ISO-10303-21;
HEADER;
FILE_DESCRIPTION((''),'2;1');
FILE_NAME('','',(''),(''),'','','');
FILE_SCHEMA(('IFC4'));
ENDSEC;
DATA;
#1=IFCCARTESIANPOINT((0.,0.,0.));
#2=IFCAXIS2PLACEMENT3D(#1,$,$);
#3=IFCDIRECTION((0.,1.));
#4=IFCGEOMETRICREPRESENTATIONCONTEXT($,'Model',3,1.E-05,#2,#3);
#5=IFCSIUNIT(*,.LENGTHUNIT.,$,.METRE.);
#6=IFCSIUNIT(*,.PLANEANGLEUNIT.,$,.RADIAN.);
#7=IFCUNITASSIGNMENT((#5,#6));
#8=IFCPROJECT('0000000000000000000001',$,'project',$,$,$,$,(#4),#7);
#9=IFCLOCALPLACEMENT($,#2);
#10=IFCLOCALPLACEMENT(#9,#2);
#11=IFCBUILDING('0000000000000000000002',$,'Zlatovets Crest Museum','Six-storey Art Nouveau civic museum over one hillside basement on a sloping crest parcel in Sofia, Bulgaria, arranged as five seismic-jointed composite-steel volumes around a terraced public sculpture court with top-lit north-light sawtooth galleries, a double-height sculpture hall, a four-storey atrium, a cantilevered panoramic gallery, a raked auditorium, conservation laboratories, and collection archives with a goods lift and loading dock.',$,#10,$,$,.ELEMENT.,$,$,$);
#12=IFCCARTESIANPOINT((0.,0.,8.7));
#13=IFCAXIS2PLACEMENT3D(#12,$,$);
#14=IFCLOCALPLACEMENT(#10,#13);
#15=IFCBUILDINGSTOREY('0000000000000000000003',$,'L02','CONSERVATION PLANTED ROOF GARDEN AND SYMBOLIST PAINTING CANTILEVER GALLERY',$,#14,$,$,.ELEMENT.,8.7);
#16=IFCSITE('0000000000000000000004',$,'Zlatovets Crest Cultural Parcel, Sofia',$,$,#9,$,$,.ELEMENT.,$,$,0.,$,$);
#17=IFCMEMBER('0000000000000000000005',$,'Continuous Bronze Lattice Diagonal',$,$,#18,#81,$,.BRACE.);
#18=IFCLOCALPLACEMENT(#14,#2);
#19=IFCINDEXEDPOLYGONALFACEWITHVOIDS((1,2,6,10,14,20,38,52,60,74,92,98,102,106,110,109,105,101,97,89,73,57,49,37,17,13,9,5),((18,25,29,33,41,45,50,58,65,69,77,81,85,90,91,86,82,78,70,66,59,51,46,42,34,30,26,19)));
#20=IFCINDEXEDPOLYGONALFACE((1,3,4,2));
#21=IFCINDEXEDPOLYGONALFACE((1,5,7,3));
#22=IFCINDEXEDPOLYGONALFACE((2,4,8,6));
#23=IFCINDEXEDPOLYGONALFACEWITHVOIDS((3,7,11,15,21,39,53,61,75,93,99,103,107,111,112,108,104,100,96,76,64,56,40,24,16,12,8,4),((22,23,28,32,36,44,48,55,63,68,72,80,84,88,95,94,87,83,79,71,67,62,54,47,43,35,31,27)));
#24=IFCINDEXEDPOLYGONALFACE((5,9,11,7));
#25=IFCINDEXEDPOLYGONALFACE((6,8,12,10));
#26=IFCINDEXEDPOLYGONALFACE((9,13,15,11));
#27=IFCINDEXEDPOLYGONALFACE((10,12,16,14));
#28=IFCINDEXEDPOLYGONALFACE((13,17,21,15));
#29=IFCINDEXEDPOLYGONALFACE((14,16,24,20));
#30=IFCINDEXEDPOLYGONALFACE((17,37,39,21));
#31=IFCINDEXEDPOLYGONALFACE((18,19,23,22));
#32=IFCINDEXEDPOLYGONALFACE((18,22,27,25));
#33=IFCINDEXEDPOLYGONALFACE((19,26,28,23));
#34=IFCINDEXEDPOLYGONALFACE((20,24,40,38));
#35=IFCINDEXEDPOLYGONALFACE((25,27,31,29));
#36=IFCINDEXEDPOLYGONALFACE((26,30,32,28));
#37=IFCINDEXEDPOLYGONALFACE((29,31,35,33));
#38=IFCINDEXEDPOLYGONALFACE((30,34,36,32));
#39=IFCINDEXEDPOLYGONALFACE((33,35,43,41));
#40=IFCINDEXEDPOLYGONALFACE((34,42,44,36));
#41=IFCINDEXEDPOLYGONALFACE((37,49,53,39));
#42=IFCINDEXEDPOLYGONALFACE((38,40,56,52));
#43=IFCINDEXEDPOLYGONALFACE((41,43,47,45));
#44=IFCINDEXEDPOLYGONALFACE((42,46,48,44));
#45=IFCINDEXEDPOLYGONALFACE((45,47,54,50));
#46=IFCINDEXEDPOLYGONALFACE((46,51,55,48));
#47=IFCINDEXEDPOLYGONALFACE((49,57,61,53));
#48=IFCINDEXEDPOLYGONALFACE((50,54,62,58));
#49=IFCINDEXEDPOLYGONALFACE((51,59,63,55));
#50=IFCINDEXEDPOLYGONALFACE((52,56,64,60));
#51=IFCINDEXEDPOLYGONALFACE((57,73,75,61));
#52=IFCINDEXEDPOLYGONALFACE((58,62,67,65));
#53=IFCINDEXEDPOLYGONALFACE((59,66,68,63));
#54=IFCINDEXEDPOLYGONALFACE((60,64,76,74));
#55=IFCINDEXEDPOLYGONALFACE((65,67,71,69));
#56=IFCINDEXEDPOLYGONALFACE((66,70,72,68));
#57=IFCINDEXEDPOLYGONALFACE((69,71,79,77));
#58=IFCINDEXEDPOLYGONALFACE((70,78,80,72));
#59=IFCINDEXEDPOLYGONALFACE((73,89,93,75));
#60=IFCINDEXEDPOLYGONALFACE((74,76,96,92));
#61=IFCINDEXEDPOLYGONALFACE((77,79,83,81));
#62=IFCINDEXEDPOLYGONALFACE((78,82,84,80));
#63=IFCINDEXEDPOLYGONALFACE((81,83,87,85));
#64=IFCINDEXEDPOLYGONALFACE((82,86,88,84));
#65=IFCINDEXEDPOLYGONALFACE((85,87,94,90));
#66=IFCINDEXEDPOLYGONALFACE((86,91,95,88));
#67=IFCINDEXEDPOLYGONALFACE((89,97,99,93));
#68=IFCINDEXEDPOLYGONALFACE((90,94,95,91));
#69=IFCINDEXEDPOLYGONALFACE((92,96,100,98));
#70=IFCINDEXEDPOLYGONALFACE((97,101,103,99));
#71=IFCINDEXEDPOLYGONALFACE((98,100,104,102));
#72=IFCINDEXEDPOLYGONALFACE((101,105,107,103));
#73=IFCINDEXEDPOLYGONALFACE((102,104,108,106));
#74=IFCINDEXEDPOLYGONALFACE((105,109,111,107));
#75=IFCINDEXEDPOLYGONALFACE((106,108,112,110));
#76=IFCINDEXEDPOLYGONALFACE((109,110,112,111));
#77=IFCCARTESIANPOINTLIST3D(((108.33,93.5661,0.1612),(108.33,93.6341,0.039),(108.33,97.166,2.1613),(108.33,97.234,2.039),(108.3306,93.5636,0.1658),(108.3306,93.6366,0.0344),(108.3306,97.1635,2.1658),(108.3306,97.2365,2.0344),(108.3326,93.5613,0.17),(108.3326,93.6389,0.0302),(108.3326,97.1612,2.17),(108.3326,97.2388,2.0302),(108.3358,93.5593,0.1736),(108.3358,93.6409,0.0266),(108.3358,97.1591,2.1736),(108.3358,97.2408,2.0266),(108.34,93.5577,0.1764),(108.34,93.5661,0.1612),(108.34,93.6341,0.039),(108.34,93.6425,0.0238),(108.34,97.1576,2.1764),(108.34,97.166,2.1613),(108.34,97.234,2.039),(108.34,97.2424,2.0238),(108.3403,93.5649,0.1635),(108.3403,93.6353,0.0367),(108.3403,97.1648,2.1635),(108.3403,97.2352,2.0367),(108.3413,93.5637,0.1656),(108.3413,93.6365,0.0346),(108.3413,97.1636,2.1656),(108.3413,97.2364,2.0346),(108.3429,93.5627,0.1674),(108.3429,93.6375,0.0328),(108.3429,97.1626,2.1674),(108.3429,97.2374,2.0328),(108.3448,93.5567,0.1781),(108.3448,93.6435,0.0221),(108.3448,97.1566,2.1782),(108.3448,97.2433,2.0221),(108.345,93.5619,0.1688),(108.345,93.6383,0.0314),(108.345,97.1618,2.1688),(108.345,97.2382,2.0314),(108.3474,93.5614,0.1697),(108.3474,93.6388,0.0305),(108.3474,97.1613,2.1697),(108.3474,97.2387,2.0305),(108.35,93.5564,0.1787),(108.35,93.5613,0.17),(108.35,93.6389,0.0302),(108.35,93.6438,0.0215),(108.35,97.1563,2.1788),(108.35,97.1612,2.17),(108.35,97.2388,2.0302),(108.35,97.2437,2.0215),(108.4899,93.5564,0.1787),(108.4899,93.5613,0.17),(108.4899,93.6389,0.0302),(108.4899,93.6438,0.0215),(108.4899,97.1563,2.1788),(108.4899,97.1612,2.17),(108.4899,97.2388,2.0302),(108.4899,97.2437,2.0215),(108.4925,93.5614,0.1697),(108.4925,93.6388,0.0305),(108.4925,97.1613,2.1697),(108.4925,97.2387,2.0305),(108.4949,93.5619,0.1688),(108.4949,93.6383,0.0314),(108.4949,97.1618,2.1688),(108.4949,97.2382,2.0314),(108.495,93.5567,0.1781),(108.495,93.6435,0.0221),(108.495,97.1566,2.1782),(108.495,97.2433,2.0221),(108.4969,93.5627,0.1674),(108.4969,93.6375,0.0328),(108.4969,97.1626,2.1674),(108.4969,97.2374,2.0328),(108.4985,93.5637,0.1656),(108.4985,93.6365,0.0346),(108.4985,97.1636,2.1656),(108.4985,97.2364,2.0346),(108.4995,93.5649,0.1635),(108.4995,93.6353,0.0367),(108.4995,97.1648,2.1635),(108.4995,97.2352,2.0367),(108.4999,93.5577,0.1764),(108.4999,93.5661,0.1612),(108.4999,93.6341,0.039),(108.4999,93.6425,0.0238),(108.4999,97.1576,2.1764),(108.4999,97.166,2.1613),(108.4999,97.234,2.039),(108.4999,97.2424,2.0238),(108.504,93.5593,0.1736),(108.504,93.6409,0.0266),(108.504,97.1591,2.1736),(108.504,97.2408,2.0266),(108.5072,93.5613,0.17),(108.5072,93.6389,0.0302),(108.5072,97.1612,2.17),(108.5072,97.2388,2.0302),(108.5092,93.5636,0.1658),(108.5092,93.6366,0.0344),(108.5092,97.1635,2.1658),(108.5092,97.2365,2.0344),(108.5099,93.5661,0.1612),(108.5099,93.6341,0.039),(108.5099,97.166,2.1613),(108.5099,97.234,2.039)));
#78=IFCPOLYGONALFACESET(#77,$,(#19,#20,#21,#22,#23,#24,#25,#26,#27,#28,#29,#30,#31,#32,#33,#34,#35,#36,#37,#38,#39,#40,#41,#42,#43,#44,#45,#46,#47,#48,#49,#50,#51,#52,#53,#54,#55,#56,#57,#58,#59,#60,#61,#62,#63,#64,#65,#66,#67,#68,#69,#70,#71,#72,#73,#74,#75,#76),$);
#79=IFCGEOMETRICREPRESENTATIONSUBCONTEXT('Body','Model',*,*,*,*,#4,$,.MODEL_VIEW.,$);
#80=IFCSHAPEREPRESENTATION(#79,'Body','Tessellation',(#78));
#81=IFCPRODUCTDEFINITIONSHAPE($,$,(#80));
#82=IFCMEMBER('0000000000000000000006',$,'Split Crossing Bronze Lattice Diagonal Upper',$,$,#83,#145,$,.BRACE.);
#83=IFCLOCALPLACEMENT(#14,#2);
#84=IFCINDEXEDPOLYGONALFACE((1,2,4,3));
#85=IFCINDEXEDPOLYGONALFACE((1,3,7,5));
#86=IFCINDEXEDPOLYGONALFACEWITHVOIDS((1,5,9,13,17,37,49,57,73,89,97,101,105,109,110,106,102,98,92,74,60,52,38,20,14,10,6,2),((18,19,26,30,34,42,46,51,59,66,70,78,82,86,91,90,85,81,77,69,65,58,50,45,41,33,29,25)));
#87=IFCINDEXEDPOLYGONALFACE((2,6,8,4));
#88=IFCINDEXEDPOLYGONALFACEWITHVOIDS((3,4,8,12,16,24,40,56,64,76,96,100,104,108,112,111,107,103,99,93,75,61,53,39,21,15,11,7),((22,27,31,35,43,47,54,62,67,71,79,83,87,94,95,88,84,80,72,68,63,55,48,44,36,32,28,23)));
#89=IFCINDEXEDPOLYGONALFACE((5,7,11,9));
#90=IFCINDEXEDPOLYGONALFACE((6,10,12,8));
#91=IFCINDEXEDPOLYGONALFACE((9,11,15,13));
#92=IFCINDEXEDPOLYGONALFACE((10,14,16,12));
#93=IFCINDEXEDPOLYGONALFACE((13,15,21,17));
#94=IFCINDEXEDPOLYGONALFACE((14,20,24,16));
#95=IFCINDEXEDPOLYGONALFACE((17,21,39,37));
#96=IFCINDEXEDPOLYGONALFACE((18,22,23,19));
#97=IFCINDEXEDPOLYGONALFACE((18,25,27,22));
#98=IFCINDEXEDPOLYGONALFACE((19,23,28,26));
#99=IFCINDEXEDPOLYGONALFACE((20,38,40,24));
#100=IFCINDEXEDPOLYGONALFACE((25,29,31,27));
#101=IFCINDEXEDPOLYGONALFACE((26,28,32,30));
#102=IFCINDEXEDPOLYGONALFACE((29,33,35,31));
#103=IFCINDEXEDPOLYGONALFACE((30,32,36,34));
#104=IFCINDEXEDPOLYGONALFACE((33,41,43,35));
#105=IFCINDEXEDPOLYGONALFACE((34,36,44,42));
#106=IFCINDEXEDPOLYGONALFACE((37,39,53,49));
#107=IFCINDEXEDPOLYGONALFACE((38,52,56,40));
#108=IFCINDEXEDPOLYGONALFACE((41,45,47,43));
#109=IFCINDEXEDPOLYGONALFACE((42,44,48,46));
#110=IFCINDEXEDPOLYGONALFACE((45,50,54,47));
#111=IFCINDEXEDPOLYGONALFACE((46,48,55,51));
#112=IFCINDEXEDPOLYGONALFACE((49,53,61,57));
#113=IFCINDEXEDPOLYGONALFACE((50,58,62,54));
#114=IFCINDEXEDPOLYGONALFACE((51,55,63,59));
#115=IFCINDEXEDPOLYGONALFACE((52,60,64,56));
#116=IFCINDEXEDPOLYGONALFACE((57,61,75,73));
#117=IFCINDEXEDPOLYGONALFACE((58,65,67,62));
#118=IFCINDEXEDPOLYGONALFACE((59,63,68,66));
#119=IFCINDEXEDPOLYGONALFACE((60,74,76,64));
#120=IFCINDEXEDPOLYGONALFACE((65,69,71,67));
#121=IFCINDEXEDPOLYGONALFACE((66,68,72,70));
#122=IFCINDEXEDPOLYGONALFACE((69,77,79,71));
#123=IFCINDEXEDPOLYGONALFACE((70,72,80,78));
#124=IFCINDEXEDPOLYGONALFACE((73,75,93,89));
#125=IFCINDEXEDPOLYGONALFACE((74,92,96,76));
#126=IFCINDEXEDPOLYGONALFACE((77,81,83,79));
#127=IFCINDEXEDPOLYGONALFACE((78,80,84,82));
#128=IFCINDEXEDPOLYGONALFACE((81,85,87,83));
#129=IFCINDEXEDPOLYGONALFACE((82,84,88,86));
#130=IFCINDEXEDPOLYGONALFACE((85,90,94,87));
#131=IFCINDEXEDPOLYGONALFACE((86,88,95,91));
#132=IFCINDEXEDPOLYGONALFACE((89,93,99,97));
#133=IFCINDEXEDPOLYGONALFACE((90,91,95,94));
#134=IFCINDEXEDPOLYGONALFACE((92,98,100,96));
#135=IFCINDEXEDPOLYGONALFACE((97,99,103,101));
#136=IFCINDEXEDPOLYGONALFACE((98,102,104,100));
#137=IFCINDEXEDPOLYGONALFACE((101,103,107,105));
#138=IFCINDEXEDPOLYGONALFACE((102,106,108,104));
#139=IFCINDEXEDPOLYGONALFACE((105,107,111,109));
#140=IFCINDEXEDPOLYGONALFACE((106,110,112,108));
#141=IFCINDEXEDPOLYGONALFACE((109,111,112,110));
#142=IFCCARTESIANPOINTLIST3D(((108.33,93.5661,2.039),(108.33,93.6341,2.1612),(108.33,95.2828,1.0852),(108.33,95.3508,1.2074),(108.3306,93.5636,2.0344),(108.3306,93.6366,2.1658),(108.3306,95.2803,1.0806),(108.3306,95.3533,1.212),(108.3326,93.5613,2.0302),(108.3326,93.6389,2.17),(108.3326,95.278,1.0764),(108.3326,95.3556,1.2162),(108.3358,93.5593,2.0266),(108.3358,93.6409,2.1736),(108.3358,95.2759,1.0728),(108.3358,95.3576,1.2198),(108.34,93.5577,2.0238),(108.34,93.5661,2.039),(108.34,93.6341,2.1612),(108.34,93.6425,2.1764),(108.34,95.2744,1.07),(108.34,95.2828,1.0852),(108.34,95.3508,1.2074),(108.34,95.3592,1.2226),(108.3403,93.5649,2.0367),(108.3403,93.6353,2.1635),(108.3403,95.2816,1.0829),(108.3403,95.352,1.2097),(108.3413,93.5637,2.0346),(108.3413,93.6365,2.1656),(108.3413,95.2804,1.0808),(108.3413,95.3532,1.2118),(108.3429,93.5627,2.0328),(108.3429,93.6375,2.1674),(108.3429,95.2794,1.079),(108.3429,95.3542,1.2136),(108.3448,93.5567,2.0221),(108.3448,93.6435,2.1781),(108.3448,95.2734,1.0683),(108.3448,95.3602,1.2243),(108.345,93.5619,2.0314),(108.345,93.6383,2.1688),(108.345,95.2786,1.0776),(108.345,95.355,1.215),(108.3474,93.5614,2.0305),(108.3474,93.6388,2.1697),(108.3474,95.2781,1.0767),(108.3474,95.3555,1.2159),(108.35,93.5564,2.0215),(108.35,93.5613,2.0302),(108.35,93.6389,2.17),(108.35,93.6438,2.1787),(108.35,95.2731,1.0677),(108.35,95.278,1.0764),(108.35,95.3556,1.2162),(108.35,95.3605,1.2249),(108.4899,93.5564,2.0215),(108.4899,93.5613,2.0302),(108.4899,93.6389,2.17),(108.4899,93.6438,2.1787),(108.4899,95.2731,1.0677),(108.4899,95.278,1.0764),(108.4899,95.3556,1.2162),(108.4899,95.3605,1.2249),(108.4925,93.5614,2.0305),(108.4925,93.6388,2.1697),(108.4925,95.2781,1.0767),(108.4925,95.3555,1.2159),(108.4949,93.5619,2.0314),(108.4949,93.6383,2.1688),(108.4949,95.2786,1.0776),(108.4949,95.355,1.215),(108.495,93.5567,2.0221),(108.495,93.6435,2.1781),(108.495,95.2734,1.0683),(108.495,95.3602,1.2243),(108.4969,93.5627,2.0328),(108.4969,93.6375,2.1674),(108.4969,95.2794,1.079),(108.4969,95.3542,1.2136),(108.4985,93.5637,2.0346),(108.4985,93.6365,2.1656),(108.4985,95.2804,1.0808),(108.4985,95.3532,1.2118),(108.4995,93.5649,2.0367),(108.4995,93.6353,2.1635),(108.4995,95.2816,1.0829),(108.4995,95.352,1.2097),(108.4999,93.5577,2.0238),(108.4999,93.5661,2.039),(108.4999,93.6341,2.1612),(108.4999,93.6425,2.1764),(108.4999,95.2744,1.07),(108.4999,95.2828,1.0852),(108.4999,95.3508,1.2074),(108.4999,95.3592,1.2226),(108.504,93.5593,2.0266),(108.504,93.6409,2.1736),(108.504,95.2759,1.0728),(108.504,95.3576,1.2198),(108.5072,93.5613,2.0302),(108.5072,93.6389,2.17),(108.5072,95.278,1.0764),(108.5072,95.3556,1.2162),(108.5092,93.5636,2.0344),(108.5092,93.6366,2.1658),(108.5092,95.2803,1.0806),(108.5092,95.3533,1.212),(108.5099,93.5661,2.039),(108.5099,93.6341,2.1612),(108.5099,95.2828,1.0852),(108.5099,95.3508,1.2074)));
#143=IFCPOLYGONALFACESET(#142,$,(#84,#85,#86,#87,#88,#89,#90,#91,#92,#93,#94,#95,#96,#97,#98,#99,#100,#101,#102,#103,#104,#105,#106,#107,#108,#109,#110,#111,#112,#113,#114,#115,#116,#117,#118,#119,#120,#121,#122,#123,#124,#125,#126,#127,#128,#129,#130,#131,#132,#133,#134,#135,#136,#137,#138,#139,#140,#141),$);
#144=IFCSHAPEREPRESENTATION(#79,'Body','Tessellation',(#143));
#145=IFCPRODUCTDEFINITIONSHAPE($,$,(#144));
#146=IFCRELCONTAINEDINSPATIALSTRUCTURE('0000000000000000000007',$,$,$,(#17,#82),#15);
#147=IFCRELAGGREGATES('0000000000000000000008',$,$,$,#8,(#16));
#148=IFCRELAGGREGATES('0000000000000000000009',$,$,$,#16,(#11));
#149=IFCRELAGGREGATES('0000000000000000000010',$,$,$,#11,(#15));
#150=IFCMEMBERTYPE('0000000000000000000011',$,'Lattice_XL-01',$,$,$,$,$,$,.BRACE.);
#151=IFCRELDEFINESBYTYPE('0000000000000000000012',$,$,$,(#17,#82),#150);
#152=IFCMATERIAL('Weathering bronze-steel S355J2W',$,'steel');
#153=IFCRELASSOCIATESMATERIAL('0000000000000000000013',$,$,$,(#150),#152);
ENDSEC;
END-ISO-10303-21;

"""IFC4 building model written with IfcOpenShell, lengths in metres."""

from ifc_helpers import new_model, si_unit, direction, frame, origin, origin_2d, place, context, subcontext, project, spatial, hollow_rectangle, extrude, material, material_profile, profile_set, type_object, element, save


model = new_model("IFC4")

# Units and contexts
model_context = context("Model", 3, precision=1e-05, world=origin(), true_north=direction((0.0, 1.0)))
body_context = subcontext(model_context, "Body", "Model", "MODEL_VIEW")
ifc_project = project(units=[si_unit("LENGTHUNIT", "METRE"), si_unit("PLANEANGLEUNIT", "RADIAN")], contexts=[model_context])

# Site, building, storey
site_placement = place(None, origin())
site = spatial("IfcSite", under=ifc_project, at=site_placement, Name="Zlatovets Crest Cultural Parcel, Sofia", CompositionType="ELEMENT", RefElevation=0.0)
building_placement = place(site_placement, origin())
building = spatial("IfcBuilding", under=site, at=building_placement, Name="Zlatovets Crest Museum", Description="Six-storey Art Nouveau civic museum over one hillside basement on a sloping crest parcel in Sofia, Bulgaria, arranged as five seismic-jointed composite-steel volumes around a terraced public sculpture court with top-lit north-light sawtooth galleries, a double-height sculpture hall, a four-storey atrium, a cantilevered panoramic gallery, a raked auditorium, conservation laboratories, and collection archives with a goods lift and loading dock.", CompositionType="ELEMENT")
storey_placement = place(building_placement, frame((0.0, 0.0, 8.7)))
storey = spatial("IfcBuildingStorey", under=building, at=storey_placement, Name="L02", Description="CONSERVATION PLANTED ROOF GARDEN AND SYMBOLIST PAINTING CANTILEVER GALLERY", CompositionType="ELEMENT", Elevation=8.7)

# Members
ifc_material_1 = material(Name="Weathering bronze-steel S355J2W", Category="steel")
ifc_material_profile_1 = material_profile(ifc_material_1, hollow_rectangle(XDim=0.1799, YDim=0.1799, WallThickness=0.01, InnerFilletRadius=0.01, OuterFilletRadius=0.02, at=origin_2d()), Name="SHS 180x180x10.0")
ifc_profile_set_1 = profile_set([ifc_material_profile_1], Name="Weathering bronze-steel S355J2W")
member_type_1 = type_object("IfcMemberType", Name="Lattice_XL-01", PredefinedType="BRACE", material=ifc_profile_set_1)
member_1_placement = place(storey_placement, frame((108.4199, 93.6001, 0.1001), z_axis=(0.0, 0.874149, 0.485658), x_axis=(-1.0, 0.0, 0.0)))
element("IfcMember", 1, at=member_1_placement, inside=storey, type_object=member_type_1, Name="Continuous Bronze Lattice Diagonal", PredefinedType="BRACE", context=body_context, shape_type="SweptSolid", body=[
    extrude(hollow_rectangle(XDim=0.1799, YDim=0.1799, WallThickness=0.01, InnerFilletRadius=0.01, OuterFilletRadius=0.02, at=origin_2d()), origin(), (0.0, 0.0, 1.0), 4.1182),
])
member_2_placement = place(storey_placement, frame((108.4199, 93.6001, 2.1001), z_axis=(0.0, 0.87414, -0.485675), x_axis=(-1.0, 0.0, 0.0)))
element("IfcMember", 2, at=member_2_placement, inside=storey, type_object=member_type_1, Name="Split Crossing Bronze Lattice Diagonal Upper", PredefinedType="BRACE", context=body_context, shape_type="SweptSolid", body=[
    extrude(hollow_rectangle(XDim=0.1799, YDim=0.1799, WallThickness=0.01, InnerFilletRadius=0.01, OuterFilletRadius=0.02, at=origin_2d()), origin(), (0.0, 0.0, 1.0), 1.9639),
])

save(model, "model.ifc")
